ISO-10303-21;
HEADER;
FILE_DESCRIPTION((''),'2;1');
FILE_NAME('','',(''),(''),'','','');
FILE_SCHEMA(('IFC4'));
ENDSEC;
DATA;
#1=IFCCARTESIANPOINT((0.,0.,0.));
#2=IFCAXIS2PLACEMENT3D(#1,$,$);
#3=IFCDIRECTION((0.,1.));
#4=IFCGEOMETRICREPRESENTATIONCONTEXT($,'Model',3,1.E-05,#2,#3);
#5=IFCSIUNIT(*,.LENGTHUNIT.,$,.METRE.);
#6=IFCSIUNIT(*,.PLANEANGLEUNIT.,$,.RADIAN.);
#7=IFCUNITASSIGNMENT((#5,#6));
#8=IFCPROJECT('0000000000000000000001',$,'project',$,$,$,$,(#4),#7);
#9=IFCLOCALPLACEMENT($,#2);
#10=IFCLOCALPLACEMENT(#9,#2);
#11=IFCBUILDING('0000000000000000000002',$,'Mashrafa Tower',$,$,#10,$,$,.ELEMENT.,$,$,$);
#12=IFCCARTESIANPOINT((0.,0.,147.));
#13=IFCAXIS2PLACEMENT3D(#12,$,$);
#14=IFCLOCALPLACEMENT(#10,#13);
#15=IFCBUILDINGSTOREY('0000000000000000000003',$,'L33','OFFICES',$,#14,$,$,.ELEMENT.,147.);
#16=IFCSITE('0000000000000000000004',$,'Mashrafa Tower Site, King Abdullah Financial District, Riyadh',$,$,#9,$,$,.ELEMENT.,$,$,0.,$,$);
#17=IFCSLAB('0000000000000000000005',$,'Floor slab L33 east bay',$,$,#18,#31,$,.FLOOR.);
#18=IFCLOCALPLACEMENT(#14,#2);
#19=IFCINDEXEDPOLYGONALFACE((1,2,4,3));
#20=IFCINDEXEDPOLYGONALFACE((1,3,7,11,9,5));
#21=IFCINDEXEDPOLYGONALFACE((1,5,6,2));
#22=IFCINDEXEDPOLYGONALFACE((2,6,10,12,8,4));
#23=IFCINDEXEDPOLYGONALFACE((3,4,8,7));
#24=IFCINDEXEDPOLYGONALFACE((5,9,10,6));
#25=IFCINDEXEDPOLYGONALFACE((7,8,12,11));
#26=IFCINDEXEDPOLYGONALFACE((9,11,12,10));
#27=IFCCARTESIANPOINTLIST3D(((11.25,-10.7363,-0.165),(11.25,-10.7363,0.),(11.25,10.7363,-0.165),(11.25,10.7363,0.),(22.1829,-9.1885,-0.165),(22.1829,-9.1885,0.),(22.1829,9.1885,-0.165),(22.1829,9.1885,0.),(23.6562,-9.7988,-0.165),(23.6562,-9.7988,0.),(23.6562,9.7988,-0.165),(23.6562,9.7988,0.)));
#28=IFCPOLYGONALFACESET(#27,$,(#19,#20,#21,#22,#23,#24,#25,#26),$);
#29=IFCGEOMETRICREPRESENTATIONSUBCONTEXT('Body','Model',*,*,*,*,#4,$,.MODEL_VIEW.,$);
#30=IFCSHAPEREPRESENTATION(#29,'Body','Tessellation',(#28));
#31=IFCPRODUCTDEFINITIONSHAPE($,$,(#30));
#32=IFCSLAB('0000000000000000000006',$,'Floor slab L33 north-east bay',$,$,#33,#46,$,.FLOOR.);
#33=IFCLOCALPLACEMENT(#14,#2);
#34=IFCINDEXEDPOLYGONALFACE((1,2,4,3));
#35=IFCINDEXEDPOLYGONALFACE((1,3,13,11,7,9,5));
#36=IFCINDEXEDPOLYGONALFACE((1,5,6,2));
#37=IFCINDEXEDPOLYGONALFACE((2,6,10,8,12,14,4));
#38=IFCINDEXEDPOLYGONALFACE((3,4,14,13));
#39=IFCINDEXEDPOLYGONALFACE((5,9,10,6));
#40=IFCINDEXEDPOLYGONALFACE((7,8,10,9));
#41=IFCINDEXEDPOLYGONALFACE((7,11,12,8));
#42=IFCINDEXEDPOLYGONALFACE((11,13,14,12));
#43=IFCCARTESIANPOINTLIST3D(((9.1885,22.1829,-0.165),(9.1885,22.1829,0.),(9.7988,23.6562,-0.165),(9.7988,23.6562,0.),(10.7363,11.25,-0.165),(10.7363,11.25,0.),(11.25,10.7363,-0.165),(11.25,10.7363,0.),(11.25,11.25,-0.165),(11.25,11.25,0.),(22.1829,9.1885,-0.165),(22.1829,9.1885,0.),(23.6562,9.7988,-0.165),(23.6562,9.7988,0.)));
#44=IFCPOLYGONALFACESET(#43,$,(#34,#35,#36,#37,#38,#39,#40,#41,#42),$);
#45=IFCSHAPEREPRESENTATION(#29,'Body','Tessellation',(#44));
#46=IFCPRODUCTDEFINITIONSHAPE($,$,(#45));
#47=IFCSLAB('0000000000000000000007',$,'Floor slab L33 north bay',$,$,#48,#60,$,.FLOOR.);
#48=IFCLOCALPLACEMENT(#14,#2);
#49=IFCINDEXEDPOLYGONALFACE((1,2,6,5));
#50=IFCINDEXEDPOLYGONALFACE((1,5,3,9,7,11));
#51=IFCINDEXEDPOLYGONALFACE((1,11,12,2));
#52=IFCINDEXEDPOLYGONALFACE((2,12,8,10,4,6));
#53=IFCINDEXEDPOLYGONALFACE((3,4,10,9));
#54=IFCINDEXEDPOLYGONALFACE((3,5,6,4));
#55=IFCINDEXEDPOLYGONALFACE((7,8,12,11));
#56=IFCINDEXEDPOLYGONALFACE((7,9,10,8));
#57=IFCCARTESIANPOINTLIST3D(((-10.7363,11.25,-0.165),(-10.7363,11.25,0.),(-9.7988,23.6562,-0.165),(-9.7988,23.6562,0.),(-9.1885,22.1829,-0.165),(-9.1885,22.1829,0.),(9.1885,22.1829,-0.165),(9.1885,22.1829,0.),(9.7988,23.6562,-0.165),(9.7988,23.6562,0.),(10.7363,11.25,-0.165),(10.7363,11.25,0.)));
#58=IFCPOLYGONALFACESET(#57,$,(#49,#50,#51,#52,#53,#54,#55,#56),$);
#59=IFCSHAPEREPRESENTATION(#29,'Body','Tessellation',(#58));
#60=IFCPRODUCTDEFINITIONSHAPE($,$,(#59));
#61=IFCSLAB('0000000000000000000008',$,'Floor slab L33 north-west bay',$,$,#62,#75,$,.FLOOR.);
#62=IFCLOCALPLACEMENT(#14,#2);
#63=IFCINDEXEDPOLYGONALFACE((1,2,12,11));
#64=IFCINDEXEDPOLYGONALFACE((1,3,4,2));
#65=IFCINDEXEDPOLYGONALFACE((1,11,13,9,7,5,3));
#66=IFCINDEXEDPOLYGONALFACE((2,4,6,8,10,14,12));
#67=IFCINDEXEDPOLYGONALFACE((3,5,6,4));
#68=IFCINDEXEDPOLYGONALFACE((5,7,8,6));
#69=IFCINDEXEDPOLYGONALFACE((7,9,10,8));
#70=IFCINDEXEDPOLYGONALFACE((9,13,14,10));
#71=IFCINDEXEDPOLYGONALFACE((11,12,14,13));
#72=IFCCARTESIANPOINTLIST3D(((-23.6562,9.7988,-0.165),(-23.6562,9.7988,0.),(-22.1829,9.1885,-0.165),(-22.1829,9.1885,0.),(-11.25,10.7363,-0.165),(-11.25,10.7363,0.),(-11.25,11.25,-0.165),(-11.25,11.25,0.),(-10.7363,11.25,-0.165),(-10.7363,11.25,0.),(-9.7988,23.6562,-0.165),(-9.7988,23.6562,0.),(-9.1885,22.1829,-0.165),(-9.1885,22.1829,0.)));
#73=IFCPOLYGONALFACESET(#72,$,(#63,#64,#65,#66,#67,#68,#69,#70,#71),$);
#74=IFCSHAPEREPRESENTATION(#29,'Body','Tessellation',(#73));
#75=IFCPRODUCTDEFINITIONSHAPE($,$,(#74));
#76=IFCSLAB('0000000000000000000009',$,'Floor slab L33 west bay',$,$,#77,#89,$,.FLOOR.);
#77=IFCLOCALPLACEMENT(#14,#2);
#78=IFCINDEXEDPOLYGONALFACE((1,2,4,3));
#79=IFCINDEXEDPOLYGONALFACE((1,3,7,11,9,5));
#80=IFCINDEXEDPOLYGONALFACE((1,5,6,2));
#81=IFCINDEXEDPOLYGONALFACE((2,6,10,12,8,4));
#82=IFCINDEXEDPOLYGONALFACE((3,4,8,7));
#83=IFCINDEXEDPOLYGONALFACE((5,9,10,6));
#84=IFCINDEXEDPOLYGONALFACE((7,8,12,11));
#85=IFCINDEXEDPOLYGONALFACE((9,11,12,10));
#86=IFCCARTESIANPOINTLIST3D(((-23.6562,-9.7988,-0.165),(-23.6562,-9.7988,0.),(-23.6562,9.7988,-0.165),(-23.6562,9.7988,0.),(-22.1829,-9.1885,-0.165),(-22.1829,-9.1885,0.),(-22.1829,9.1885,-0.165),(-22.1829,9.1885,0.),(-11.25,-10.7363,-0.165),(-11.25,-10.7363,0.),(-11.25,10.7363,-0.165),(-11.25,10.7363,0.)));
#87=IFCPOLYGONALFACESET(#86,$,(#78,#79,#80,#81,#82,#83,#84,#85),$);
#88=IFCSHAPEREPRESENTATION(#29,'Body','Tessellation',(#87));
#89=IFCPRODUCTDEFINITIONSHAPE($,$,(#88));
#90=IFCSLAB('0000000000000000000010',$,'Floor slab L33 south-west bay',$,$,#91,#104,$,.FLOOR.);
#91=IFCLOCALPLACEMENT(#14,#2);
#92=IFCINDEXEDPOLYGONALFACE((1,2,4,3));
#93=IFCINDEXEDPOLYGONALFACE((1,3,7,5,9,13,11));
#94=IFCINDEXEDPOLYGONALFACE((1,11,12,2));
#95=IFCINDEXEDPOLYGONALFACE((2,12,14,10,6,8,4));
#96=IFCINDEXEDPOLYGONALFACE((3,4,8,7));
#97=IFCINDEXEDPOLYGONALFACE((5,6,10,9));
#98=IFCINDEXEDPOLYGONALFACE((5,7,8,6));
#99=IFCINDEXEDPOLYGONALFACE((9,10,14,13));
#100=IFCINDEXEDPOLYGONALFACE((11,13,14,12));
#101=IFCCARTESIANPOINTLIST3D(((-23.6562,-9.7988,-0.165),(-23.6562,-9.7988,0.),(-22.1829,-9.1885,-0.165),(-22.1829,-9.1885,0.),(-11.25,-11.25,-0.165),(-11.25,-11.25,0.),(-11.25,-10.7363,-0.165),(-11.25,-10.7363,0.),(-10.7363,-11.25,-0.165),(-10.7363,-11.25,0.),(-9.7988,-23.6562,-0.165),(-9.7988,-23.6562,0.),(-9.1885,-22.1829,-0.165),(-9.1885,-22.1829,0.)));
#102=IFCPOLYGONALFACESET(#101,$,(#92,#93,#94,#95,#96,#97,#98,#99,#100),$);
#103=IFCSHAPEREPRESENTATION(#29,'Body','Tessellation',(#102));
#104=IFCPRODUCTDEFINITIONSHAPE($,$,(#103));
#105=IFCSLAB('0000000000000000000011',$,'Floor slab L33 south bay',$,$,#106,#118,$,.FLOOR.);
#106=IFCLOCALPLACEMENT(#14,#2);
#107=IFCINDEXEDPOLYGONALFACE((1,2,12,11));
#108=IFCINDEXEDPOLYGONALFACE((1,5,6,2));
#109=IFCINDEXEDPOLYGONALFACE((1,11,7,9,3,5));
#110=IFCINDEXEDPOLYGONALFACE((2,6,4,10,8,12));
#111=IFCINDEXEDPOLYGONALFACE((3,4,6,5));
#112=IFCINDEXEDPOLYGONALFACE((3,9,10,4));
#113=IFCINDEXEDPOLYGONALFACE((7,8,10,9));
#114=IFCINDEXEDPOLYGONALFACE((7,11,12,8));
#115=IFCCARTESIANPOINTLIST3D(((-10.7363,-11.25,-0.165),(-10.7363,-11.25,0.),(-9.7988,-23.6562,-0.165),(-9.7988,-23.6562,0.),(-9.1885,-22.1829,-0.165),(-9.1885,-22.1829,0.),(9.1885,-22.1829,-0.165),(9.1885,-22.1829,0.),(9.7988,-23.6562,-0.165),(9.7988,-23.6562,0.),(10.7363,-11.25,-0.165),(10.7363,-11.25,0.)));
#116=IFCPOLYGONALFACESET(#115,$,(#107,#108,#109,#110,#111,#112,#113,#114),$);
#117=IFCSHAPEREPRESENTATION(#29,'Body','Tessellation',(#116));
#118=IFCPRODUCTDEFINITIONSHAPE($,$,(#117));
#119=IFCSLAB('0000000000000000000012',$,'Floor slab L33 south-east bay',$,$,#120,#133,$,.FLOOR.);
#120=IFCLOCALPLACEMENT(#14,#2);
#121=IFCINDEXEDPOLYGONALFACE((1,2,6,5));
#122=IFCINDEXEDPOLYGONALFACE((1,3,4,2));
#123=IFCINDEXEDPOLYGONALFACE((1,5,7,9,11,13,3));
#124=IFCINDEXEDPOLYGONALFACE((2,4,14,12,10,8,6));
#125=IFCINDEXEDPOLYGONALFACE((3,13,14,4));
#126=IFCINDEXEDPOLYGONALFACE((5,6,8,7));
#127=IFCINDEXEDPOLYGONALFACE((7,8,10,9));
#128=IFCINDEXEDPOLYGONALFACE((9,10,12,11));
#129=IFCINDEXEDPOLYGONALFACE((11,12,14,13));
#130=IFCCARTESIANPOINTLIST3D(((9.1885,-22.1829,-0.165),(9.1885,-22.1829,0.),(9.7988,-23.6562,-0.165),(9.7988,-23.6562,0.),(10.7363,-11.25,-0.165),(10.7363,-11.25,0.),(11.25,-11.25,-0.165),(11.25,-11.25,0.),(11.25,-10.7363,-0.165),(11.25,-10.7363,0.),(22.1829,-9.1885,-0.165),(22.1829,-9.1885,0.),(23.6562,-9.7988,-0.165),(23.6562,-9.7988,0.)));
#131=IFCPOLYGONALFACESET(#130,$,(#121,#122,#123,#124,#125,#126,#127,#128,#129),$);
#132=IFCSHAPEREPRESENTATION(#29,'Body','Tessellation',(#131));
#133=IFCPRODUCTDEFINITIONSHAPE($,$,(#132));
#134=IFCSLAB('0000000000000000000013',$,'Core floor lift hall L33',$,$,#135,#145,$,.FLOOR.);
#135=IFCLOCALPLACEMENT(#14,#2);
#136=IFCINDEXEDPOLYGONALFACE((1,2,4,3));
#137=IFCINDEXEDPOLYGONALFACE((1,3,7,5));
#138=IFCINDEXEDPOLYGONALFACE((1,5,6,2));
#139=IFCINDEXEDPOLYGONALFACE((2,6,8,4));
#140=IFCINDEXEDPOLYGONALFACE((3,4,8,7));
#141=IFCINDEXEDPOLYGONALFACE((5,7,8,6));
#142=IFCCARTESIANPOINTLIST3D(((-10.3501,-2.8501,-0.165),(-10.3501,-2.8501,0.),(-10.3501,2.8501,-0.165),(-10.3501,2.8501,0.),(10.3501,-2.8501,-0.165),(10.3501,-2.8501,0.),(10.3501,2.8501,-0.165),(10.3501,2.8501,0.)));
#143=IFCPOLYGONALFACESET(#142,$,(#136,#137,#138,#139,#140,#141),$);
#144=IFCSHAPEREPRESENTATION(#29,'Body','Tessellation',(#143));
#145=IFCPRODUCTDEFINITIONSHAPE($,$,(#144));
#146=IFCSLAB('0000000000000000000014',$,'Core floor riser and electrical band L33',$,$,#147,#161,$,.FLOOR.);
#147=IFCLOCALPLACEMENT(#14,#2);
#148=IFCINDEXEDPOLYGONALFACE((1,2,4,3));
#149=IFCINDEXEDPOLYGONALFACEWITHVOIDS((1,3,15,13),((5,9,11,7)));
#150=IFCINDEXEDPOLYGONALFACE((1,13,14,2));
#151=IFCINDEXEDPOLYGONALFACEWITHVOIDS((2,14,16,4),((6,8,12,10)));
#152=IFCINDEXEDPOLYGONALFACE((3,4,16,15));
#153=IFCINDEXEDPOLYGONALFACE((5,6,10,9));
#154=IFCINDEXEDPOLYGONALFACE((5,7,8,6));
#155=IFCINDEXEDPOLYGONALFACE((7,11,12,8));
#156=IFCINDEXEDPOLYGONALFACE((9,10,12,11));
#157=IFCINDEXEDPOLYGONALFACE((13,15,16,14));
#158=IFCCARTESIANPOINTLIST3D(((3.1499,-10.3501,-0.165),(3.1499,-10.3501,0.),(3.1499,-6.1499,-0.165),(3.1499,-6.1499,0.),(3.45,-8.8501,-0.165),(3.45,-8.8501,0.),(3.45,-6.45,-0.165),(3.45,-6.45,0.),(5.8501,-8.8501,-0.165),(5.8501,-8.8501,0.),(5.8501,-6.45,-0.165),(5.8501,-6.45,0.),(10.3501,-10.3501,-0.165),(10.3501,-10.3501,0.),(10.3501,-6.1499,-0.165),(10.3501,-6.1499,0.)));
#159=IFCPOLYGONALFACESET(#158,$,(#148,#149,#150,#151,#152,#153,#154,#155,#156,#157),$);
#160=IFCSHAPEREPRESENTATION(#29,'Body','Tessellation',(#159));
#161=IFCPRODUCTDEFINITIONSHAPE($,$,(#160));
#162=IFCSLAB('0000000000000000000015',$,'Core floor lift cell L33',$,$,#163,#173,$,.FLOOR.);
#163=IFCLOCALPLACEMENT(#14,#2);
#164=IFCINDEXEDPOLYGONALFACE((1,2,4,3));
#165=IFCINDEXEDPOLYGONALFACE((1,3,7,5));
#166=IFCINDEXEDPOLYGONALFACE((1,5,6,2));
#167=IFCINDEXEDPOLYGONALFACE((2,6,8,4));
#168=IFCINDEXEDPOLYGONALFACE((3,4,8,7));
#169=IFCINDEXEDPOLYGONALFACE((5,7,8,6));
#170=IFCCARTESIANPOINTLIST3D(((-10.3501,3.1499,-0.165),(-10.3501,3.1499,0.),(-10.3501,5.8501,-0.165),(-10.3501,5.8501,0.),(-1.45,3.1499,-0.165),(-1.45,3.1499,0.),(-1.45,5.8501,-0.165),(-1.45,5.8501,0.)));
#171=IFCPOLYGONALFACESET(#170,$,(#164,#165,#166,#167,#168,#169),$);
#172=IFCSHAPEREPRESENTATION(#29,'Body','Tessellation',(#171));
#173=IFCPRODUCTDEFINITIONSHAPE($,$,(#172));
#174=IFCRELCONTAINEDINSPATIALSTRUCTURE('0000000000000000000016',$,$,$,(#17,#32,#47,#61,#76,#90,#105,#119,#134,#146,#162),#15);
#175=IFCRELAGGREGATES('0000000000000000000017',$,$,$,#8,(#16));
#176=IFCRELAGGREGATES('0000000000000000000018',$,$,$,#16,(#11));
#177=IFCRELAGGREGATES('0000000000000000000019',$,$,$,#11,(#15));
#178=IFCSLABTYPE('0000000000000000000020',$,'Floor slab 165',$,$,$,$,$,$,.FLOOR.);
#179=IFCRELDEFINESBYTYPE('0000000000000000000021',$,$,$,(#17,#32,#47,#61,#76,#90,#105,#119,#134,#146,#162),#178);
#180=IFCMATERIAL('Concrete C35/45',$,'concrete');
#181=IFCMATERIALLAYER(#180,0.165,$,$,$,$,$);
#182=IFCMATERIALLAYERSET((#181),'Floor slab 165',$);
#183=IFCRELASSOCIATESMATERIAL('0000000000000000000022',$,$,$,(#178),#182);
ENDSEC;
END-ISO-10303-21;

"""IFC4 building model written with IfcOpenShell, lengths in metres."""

from ifc_helpers import new_model, si_unit, direction, frame, origin, place, context, subcontext, project, spatial, polyline, outline, extrude, material, layer, layer_set, type_object, element, save


model = new_model("IFC4")

# Units and contexts
model_context = context("Model", 3, precision=1e-05, world=origin(), true_north=direction((0.0, 1.0)))
body_context = subcontext(model_context, "Body", "Model", "MODEL_VIEW")
ifc_project = project(units=[si_unit("LENGTHUNIT", "METRE"), si_unit("PLANEANGLEUNIT", "RADIAN")], contexts=[model_context])

# Site, building, storey
site_placement = place(None, origin())
site = spatial("IfcSite", under=ifc_project, at=site_placement, Name="Mashrafa Tower Site, King Abdullah Financial District, Riyadh", CompositionType="ELEMENT", RefElevation=0.0)
building_placement = place(site_placement, origin())
building = spatial("IfcBuilding", under=site, at=building_placement, Name="Mashrafa Tower", CompositionType="ELEMENT")
storey_placement = place(building_placement, frame((0.0, 0.0, 147.0)))
storey = spatial("IfcBuildingStorey", under=building, at=storey_placement, Name="L33", Description="OFFICES", CompositionType="ELEMENT", Elevation=147.0)

# Slabs
ifc_material_1 = material(Name="Concrete C35/45", Category="concrete")
ifc_layer_1 = layer(ifc_material_1, 0.165)
ifc_layer_set_1 = layer_set([ifc_layer_1], Name="Floor slab 165")
slab_type = type_object("IfcSlabType", Name="Floor slab 165", PredefinedType="FLOOR", material=ifc_layer_set_1)
slab_1_placement = place(storey_placement, frame((0.0, 0.0, -0.165)))
element("IfcSlab", 1, at=slab_1_placement, inside=storey, type_object=slab_type, Name="Floor slab L33 east bay", PredefinedType="FLOOR", context=body_context, shape_type="SweptSolid", body=[
    extrude(outline(polyline([(23.6562, -9.7988), (22.1829, -9.1885), (11.25, -10.7363), (11.25, 10.7363), (22.1829, 9.1885), (23.6562, 9.7988), (23.6562, -9.7988)])), origin(), (0.0, 0.0, 1.0), 0.165),
])
slab_2_placement = place(storey_placement, frame((0.0, 0.0, -0.165)))
element("IfcSlab", 2, at=slab_2_placement, inside=storey, type_object=slab_type, Name="Floor slab L33 north-east bay", PredefinedType="FLOOR", context=body_context, shape_type="SweptSolid", body=[
    extrude(outline(polyline([(9.7988, 23.6562), (23.6562, 9.7988), (23.6562, 9.7988), (22.1829, 9.1885), (11.25, 10.7363), (11.25, 11.25), (10.7363, 11.25), (9.1885, 22.1829), (9.7988, 23.6562), (9.7988, 23.6562)])), origin(), (0.0, 0.0, 1.0), 0.165),
])
slab_3_placement = place(storey_placement, frame((0.0, 0.0, -0.165)))
element("IfcSlab", 3, at=slab_3_placement, inside=storey, type_object=slab_type, Name="Floor slab L33 north bay", PredefinedType="FLOOR", context=body_context, shape_type="SweptSolid", body=[
    extrude(outline(polyline([(9.7988, 23.6562), (9.1885, 22.1829), (10.7363, 11.25), (-10.7363, 11.25), (-9.1885, 22.1829), (-9.7988, 23.6562), (9.7988, 23.6562)])), origin(), (0.0, 0.0, 1.0), 0.165),
])
slab_4_placement = place(storey_placement, frame((0.0, 0.0, -0.165)))
element("IfcSlab", 4, at=slab_4_placement, inside=storey, type_object=slab_type, Name="Floor slab L33 north-west bay", PredefinedType="FLOOR", context=body_context, shape_type="SweptSolid", body=[
    extrude(outline(polyline([(-23.6562, 9.7988), (-9.7988, 23.6562), (-9.7988, 23.6562), (-9.1885, 22.1829), (-10.7363, 11.25), (-11.25, 11.25), (-11.25, 10.7363), (-22.1829, 9.1885), (-23.6562, 9.7988), (-23.6562, 9.7988)])), origin(), (0.0, 0.0, 1.0), 0.165),
])
slab_5_placement = place(storey_placement, frame((0.0, 0.0, -0.165)))
element("IfcSlab", 5, at=slab_5_placement, inside=storey, type_object=slab_type, Name="Floor slab L33 west bay", PredefinedType="FLOOR", context=body_context, shape_type="SweptSolid", body=[
    extrude(outline(polyline([(-23.6562, 9.7988), (-22.1829, 9.1885), (-11.25, 10.7363), (-11.25, -10.7363), (-22.1829, -9.1885), (-23.6562, -9.7988), (-23.6562, 9.7988)])), origin(), (0.0, 0.0, 1.0), 0.165),
])
slab_6_placement = place(storey_placement, frame((0.0, 0.0, -0.165)))
element("IfcSlab", 6, at=slab_6_placement, inside=storey, type_object=slab_type, Name="Floor slab L33 south-west bay", PredefinedType="FLOOR", context=body_context, shape_type="SweptSolid", body=[
    extrude(outline(polyline([(-9.7988, -23.6562), (-23.6562, -9.7988), (-23.6562, -9.7988), (-22.1829, -9.1885), (-11.25, -10.7363), (-11.25, -11.25), (-10.7363, -11.25), (-9.1885, -22.1829), (-9.7988, -23.6562), (-9.7988, -23.6562)])), origin(), (0.0, 0.0, 1.0), 0.165),
])
slab_7_placement = place(storey_placement, frame((0.0, 0.0, -0.165)))
element("IfcSlab", 7, at=slab_7_placement, inside=storey, type_object=slab_type, Name="Floor slab L33 south bay", PredefinedType="FLOOR", context=body_context, shape_type="SweptSolid", body=[
    extrude(outline(polyline([(-9.7988, -23.6562), (-9.1885, -22.1829), (-10.7363, -11.25), (10.7363, -11.25), (9.1885, -22.1829), (9.7988, -23.6562), (-9.7988, -23.6562)])), origin(), (0.0, 0.0, 1.0), 0.165),
])
slab_8_placement = place(storey_placement, frame((0.0, 0.0, -0.165)))
element("IfcSlab", 8, at=slab_8_placement, inside=storey, type_object=slab_type, Name="Floor slab L33 south-east bay", PredefinedType="FLOOR", context=body_context, shape_type="SweptSolid", body=[
    extrude(outline(polyline([(9.7988, -23.6562), (9.1885, -22.1829), (10.7363, -11.25), (11.25, -11.25), (11.25, -10.7363), (22.1829, -9.1885), (23.6562, -9.7988), (23.6562, -9.7988), (9.7988, -23.6562), (9.7988, -23.6562)])), origin(), (0.0, 0.0, 1.0), 0.165),
])
slab_9_placement = place(storey_placement, frame((0.0, 0.0, -0.165)))
element("IfcSlab", 9, at=slab_9_placement, inside=storey, type_object=slab_type, Name="Core floor lift hall L33", PredefinedType="FLOOR", context=body_context, shape_type="SweptSolid", body=[
    extrude(outline(polyline([(-10.3501, 2.8501), (10.3501, 2.8501), (10.3501, -2.8501), (-10.3501, -2.8501), (-10.3501, 2.8501)])), origin(), (0.0, 0.0, 1.0), 0.165),
])
slab_10_placement = place(storey_placement, frame((0.0, 0.0, -0.165)))
element("IfcSlab", 10, at=slab_10_placement, inside=storey, type_object=slab_type, Name="Core floor riser and electrical band L33", PredefinedType="FLOOR", context=body_context, shape_type="SweptSolid", body=[
    extrude(outline(polyline([(10.3501, -6.1499), (10.3501, -10.3501), (3.1499, -10.3501), (3.1499, -6.1499), (10.3501, -6.1499)]), holes=[polyline([(3.45, -8.8501), (5.8501, -8.8501), (5.8501, -6.45), (3.45, -6.45), (3.45, -8.8501)])]), origin(), (0.0, 0.0, 1.0), 0.165),
])
slab_11_placement = place(storey_placement, frame((0.0, 0.0, -0.165)))
element("IfcSlab", 11, at=slab_11_placement, inside=storey, type_object=slab_type, Name="Core floor lift cell L33", PredefinedType="FLOOR", context=body_context, shape_type="SweptSolid", body=[
    extrude(outline(polyline([(-1.45, 3.1499), (-10.3501, 3.1499), (-10.3501, 5.8501), (-1.45, 5.8501), (-1.45, 3.1499)])), origin(), (0.0, 0.0, 1.0), 0.165),
])

save(model, "model.ifc")
